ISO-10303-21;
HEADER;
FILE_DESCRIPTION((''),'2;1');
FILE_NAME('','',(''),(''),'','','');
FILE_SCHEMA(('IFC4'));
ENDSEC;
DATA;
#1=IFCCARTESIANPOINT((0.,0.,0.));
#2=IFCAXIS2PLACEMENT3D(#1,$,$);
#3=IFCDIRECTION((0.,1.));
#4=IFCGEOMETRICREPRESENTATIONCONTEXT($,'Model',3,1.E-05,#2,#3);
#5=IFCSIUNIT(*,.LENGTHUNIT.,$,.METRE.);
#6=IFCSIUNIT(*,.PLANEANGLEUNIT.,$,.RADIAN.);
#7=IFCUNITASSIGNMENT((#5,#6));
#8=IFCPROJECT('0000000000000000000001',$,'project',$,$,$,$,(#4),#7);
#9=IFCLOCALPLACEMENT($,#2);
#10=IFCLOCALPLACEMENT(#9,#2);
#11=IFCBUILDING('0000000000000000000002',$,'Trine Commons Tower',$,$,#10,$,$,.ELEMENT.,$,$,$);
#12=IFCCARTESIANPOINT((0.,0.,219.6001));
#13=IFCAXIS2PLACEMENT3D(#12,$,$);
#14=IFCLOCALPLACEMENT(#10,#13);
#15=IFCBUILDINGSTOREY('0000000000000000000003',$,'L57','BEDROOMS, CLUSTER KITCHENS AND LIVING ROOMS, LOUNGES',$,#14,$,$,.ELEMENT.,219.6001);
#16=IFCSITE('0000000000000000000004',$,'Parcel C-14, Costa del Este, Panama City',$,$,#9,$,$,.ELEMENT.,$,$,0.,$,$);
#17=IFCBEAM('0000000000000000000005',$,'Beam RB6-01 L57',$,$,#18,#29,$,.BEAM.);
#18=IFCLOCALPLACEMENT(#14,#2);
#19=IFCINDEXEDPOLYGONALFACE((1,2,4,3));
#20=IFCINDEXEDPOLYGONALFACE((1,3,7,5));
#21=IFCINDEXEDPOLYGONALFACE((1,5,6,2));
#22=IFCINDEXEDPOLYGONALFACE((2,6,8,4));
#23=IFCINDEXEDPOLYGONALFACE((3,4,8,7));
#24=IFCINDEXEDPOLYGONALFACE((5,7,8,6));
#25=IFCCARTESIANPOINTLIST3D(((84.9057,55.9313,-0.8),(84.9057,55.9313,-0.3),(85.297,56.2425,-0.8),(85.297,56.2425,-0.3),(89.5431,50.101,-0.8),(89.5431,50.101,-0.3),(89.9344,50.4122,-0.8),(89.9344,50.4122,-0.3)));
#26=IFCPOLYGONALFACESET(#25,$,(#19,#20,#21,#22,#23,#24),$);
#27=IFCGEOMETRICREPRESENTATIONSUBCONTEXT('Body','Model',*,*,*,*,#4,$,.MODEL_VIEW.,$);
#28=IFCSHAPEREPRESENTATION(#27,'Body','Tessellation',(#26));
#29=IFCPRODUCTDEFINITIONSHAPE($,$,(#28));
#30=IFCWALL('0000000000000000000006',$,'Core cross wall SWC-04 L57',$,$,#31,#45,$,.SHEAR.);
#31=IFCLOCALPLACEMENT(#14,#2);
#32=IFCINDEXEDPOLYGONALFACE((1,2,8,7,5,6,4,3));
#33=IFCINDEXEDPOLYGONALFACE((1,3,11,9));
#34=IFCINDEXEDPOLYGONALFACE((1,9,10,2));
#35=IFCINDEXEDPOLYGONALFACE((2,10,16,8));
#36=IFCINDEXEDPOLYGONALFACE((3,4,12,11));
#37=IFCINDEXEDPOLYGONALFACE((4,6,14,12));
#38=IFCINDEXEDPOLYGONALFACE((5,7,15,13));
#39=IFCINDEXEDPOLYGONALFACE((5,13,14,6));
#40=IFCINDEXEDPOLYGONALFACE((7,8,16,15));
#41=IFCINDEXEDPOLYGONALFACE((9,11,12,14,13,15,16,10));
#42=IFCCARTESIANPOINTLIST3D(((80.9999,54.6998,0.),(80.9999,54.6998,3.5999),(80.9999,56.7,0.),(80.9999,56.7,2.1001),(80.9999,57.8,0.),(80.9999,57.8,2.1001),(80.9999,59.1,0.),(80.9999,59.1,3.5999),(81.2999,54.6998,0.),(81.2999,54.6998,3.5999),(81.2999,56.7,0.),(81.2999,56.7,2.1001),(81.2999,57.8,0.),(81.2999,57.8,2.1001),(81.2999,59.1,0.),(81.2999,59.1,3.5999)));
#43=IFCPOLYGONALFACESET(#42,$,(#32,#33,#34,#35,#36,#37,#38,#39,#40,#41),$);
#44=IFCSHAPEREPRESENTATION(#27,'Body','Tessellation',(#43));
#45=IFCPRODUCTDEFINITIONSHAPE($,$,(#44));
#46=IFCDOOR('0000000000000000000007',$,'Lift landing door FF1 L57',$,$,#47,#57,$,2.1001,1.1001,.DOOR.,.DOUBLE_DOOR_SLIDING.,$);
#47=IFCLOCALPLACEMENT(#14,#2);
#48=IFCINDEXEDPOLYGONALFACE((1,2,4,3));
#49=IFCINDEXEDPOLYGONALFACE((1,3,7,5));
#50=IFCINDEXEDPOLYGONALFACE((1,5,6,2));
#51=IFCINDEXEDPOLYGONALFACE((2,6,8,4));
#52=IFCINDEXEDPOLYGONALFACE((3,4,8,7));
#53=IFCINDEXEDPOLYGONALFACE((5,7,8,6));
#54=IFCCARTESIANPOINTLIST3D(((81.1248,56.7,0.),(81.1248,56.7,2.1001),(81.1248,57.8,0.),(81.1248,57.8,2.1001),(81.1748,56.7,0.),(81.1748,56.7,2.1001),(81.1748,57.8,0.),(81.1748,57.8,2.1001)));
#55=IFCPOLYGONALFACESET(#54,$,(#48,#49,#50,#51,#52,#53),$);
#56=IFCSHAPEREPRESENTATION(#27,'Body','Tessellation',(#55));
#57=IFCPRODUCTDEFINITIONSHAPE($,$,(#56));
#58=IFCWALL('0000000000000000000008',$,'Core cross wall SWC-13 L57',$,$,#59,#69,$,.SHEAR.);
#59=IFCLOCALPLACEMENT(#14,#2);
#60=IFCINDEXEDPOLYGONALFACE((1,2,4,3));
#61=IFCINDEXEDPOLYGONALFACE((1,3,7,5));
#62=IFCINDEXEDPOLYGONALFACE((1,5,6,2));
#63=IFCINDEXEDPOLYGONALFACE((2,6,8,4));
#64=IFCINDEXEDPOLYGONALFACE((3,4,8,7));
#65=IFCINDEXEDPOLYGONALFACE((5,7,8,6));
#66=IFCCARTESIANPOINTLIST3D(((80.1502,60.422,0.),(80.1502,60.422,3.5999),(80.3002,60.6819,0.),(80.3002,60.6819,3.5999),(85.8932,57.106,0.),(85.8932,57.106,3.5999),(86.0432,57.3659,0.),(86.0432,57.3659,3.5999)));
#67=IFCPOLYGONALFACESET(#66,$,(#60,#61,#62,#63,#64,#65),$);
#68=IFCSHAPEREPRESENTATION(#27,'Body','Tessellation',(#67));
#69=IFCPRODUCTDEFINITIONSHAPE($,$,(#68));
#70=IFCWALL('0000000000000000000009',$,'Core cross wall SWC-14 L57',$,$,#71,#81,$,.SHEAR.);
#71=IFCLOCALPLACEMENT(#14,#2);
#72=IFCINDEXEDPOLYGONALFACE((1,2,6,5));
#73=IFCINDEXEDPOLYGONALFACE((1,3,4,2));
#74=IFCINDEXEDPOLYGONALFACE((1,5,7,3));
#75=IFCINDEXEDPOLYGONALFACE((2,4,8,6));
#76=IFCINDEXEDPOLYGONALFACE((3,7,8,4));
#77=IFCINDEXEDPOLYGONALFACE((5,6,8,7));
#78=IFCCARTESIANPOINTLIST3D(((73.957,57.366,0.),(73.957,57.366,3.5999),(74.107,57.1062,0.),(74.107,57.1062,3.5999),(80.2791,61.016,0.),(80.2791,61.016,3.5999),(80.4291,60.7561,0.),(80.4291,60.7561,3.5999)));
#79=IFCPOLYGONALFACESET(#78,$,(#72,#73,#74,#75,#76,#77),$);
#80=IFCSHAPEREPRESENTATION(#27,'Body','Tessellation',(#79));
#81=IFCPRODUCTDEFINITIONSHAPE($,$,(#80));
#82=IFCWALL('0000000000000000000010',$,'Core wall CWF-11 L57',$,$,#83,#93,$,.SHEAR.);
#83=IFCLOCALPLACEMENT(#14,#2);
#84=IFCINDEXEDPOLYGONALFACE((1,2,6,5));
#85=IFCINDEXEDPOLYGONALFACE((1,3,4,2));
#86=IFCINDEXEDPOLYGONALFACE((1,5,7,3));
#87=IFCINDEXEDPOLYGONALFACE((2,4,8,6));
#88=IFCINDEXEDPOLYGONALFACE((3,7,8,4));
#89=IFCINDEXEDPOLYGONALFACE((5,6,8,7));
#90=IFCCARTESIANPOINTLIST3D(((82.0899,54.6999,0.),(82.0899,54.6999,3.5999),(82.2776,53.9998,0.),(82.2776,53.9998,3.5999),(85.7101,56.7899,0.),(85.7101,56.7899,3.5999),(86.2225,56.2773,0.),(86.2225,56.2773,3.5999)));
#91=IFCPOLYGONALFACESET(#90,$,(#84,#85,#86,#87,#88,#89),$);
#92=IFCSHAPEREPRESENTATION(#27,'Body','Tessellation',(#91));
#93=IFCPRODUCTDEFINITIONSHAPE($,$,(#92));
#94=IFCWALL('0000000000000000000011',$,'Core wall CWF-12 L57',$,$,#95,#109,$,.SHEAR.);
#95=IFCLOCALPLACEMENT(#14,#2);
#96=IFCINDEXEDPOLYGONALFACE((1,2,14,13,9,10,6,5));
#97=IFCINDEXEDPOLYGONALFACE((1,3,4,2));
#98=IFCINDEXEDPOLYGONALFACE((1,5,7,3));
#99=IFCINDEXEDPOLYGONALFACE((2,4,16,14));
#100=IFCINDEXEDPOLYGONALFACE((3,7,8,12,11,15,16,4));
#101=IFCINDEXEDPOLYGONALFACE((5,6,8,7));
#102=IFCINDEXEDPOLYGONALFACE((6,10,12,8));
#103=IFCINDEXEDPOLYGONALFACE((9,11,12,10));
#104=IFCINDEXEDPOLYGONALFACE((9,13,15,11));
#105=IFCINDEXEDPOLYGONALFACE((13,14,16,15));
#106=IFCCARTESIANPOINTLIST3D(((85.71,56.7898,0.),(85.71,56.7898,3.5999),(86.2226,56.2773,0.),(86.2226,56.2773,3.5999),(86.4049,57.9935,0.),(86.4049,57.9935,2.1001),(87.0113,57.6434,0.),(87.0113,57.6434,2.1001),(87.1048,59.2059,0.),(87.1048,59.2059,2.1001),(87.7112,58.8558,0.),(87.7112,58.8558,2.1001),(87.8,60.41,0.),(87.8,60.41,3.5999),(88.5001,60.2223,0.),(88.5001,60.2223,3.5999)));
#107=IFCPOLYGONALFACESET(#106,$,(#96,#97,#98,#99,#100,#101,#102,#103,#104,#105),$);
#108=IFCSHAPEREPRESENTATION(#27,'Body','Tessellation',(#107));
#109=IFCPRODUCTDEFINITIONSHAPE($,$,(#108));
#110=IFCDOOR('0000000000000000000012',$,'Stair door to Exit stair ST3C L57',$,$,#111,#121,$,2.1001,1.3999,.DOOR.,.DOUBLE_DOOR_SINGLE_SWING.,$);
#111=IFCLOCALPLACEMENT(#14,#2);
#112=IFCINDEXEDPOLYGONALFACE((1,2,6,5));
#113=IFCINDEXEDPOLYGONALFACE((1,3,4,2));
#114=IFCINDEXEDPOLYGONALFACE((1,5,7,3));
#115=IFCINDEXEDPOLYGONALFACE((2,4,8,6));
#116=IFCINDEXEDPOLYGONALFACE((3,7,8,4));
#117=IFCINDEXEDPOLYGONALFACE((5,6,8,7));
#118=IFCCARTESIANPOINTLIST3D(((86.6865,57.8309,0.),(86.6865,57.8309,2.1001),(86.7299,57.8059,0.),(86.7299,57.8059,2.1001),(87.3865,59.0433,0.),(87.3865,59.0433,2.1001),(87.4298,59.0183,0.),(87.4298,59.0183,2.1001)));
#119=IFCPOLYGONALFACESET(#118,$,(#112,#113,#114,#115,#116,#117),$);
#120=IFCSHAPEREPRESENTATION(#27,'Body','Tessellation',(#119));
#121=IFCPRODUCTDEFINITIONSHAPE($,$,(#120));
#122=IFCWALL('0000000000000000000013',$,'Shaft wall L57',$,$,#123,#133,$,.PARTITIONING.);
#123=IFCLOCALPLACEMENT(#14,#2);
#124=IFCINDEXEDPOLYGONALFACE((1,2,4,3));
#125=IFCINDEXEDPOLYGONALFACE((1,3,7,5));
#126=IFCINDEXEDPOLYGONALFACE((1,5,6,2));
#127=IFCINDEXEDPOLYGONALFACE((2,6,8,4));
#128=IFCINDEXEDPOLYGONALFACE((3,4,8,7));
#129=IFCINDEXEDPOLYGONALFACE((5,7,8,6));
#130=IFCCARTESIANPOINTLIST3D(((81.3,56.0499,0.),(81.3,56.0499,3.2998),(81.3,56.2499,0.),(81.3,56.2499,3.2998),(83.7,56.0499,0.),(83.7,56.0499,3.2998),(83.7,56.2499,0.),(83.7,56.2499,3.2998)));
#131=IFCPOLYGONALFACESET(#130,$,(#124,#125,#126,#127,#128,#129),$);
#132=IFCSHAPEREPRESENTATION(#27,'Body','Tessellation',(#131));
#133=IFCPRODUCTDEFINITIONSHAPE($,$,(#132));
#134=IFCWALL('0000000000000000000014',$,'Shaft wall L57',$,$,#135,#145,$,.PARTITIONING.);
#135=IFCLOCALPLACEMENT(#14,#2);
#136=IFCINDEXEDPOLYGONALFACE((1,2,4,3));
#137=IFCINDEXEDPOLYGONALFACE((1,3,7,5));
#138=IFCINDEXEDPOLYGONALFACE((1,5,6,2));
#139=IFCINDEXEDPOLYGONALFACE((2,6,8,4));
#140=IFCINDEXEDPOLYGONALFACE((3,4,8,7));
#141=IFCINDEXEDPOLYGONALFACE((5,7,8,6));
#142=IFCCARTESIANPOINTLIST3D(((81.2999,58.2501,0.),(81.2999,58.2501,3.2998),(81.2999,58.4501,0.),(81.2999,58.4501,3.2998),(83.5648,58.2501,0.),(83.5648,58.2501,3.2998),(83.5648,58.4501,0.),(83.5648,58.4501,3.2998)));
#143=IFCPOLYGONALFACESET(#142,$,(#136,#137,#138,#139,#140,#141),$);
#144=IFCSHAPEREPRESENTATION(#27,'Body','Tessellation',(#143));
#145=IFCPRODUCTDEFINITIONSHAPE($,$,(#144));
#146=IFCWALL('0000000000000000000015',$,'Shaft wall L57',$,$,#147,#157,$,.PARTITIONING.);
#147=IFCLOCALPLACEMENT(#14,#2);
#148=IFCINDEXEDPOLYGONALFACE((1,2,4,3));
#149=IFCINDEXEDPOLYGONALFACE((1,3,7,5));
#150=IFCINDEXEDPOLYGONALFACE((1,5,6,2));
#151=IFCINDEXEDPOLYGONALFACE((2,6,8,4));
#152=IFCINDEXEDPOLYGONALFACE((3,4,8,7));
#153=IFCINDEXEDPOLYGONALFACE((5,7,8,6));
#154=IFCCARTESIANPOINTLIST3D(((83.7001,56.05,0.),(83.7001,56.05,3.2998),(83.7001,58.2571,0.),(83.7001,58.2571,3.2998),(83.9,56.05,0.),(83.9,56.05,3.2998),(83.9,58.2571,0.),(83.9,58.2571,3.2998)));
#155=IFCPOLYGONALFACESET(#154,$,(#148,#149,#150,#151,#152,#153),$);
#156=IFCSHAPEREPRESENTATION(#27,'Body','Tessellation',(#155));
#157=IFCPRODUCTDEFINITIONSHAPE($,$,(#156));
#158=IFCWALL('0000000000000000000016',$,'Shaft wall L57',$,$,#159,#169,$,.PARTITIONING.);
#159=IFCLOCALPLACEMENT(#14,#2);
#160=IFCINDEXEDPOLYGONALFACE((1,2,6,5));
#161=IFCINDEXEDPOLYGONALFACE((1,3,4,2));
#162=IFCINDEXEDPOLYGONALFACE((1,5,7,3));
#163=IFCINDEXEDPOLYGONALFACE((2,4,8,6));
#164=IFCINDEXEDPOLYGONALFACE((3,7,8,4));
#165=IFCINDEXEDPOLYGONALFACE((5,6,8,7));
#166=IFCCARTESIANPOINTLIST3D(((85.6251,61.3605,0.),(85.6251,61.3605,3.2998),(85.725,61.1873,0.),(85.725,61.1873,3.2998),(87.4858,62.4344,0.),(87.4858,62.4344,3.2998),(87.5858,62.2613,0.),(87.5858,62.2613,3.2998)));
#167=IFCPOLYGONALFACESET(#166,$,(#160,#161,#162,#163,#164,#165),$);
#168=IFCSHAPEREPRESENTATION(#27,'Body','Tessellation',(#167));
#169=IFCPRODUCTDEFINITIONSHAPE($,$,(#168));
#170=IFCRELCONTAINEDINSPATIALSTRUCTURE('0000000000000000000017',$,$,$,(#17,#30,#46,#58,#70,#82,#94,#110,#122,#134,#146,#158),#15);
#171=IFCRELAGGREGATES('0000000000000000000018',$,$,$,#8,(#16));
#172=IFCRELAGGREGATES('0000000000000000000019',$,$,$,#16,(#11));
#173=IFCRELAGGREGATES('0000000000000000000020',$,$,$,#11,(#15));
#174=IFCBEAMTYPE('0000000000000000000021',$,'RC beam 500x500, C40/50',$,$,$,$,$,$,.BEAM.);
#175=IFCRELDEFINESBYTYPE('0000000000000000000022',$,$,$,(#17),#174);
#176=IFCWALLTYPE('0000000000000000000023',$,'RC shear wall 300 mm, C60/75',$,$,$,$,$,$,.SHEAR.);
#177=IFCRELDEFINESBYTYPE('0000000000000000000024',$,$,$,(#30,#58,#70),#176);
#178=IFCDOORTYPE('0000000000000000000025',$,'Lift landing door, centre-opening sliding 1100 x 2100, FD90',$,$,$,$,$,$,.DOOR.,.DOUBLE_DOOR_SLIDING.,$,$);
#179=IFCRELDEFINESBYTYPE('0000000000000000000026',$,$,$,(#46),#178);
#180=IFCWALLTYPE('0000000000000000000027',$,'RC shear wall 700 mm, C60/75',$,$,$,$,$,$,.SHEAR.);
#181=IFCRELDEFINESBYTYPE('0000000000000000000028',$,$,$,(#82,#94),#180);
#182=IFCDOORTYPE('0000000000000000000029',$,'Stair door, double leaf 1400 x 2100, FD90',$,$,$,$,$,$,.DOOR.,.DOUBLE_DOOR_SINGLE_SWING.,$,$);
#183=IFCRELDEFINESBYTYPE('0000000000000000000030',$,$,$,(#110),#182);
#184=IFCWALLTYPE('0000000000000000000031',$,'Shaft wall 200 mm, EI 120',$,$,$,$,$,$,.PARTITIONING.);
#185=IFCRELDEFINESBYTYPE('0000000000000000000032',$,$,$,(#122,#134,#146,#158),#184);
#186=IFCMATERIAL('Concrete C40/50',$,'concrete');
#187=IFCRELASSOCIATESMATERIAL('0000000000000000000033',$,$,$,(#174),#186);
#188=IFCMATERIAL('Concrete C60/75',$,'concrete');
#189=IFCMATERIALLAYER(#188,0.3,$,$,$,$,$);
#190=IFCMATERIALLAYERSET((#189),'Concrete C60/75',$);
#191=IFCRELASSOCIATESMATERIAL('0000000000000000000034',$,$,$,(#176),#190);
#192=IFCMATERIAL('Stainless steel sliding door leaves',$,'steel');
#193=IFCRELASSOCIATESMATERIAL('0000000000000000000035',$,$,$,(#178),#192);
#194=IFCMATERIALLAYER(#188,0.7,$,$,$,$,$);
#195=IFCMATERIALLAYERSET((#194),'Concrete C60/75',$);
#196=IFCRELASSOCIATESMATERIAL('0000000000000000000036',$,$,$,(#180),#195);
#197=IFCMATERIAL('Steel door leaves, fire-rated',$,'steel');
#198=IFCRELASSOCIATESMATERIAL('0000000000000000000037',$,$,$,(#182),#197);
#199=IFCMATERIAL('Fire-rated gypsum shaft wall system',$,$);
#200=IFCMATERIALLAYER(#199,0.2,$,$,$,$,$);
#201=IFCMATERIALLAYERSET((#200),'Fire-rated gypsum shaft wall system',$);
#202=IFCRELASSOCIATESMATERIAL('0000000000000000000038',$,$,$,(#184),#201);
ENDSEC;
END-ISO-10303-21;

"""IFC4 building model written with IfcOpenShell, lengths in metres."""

from ifc_helpers import new_model, si_unit, direction, frame, frame_2d, origin, origin_2d, place, context, subcontext, project, spatial, polyline, rectangle, outline, extrude, material, layer, layer_set, material_profile, profile_set, type_object, element, fill, save


model = new_model("IFC4")

# Units and contexts
model_context = context("Model", 3, precision=1e-05, world=origin(), true_north=direction((0.0, 1.0)))
body_context = subcontext(model_context, "Body", "Model", "MODEL_VIEW")
ifc_project = project(units=[si_unit("LENGTHUNIT", "METRE"), si_unit("PLANEANGLEUNIT", "RADIAN")], contexts=[model_context])

# Site, building, storey
site_placement = place(None, origin())
site = spatial("IfcSite", under=ifc_project, at=site_placement, Name="Parcel C-14, Costa del Este, Panama City", CompositionType="ELEMENT", RefElevation=0.0)
building_placement = place(site_placement, origin())
building = spatial("IfcBuilding", under=site, at=building_placement, Name="Trine Commons Tower", CompositionType="ELEMENT")
storey_placement = place(building_placement, frame((0.0, 0.0, 219.6001)))
storey = spatial("IfcBuildingStorey", under=building, at=storey_placement, Name="L57", Description="BEDROOMS, CLUSTER KITCHENS AND LIVING ROOMS, LOUNGES", CompositionType="ELEMENT", Elevation=219.6001)

# Beam
ifc_material_1 = material(Name="Concrete C40/50", Category="concrete")
ifc_material_profile = material_profile(ifc_material_1, rectangle(XDim=0.5, YDim=0.5, at=origin_2d()), Name="RC 500x500")
ifc_profile_set = profile_set([ifc_material_profile], Name="Concrete C40/50")
beam_type = type_object("IfcBeamType", Name="RC beam 500x500, C40/50", PredefinedType="BEAM", material=ifc_profile_set)
beam_placement = place(storey_placement, frame((85.1013, 56.0869, -0.55), z_axis=(0.622498, -0.782621, 0.0), x_axis=(0.782621, 0.622498, 0.0)))
element("IfcBeam", 1, at=beam_placement, inside=storey, type_object=beam_type, Name="Beam RB6-01 L57", PredefinedType="BEAM", context=body_context, shape_type="SweptSolid", body=[
    extrude(rectangle(XDim=0.5, YDim=0.5, at=origin_2d()), origin(), (0.0, 0.0, 1.0), 7.4497),
])

# Wall, opening, door
ifc_material_2 = material(Name="Concrete C60/75", Category="concrete")
ifc_layer_1 = layer(ifc_material_2, 0.3)
ifc_layer_set_1 = layer_set([ifc_layer_1], Name="Concrete C60/75")
wall_type_1 = type_object("IfcWallType", Name="RC shear wall 300 mm, C60/75", PredefinedType="SHEAR", material=ifc_layer_set_1)
wall_1_placement = place(storey_placement, frame((81.1499, 59.1001, 0.0), z_axis=(0.0, 0.0, 1.0), x_axis=(0.0, -1.0, 0.0)))
wall_1 = element("IfcWall", 2, at=wall_1_placement, inside=storey, type_object=wall_type_1, Name="Core cross wall SWC-04 L57", PredefinedType="SHEAR", context=body_context, shape_type="SweptSolid", body=[
    extrude(rectangle(XDim=4.4001, YDim=0.3, at=frame_2d((2.2002, 0.0))), origin(), (0.0, 0.0, 1.0), 3.5999),
])
opening_1_placement = place(wall_1_placement, frame((1.3, 0.0, 0.0)))
opening_1 = element("IfcOpeningElement", 3, at=opening_1_placement, cuts=wall_1, PredefinedType="OPENING", context=body_context, shape_type="SweptSolid", body=[
    extrude(rectangle(XDim=1.1001, YDim=2.1001, at=frame_2d((0.55, 1.05))), frame((0.0, 0.1599, 0.0), z_axis=(0.0, -1.0, 0.0), x_axis=(1.0, 0.0, 0.0)), (0.0, 0.0, 1.0), 0.3201),
])
ifc_material_3 = material(Name="Stainless steel sliding door leaves", Category="steel")
door_type_1 = type_object("IfcDoorType", Name="Lift landing door, centre-opening sliding 1100 x 2100, FD90", OperationType="DOUBLE_DOOR_SLIDING", PredefinedType="DOOR", material=ifc_material_3)
door_1_placement = place(opening_1_placement, origin())
door_1 = element("IfcDoor", 4, at=door_1_placement, inside=storey, type_object=door_type_1, Name="Lift landing door FF1 L57", OperationType="DOUBLE_DOOR_SLIDING", OverallHeight=2.1001, OverallWidth=1.1001, PredefinedType="DOOR", context=body_context, shape_type="SweptSolid", body=[
    extrude(rectangle(XDim=1.1001, YDim=2.1001, at=frame_2d((0.55, 1.05))), frame((0.0, 0.0249, 0.0), z_axis=(0.0, -1.0, 0.0), x_axis=(1.0, 0.0, 0.0)), (0.0, 0.0, 1.0), 0.05),
])
fill(opening_1, door_1)

# Walls
wall_2_placement = place(storey_placement, frame((80.2251, 60.552, 0.0), z_axis=(0.0, 0.0, 1.0), x_axis=(0.86601, -0.500027, 0.0)))
element("IfcWall", 5, at=wall_2_placement, inside=storey, type_object=wall_type_1, Name="Core cross wall SWC-13 L57", PredefinedType="SHEAR", context=body_context, shape_type="SweptSolid", body=[
    extrude(rectangle(XDim=6.6316, YDim=0.3, at=frame_2d((3.3159, 0.0))), origin(), (0.0, 0.0, 1.0), 3.5999),
])
wall_3_placement = place(storey_placement, frame((80.354, 60.886, 0.0), z_axis=(0.0, 0.0, 1.0), x_axis=(-0.866032, -0.499988, 0.0)))
element("IfcWall", 6, at=wall_3_placement, inside=storey, type_object=wall_type_1, Name="Core cross wall SWC-14 L57", PredefinedType="SHEAR", context=body_context, shape_type="SweptSolid", body=[
    extrude(rectangle(XDim=7.3, YDim=0.3, at=frame_2d((3.6499, 0.0))), origin(), (0.0, 0.0, 1.0), 3.5999),
])
ifc_layer_2 = layer(ifc_material_2, 0.7)
ifc_layer_set_2 = layer_set([ifc_layer_2], Name="Concrete C60/75")
wall_type_2 = type_object("IfcWallType", Name="RC shear wall 700 mm, C60/75", PredefinedType="SHEAR", material=ifc_layer_set_2)
wall_4_placement = place(storey_placement, frame((82.1025, 54.303, 0.0), z_axis=(0.0, 0.0, 1.0), x_axis=(0.866035, 0.499984, 0.0)))
element("IfcWall", 7, at=wall_4_placement, inside=storey, type_object=wall_type_2, Name="Core wall CWF-11 L57", PredefinedType="SHEAR", context=body_context, shape_type="SweptSolid", body=[
    extrude(outline(polyline([(0.0, -0.3501), (4.5552, -0.3501), (4.3677, 0.3501), (0.1875, 0.3501), (0.0, -0.3501)])), origin(), (0.0, 0.0, 1.0), 3.5999),
])

# Wall, opening, door
wall_5_placement = place(storey_placement, frame((85.9194, 56.4524, 0.0), z_axis=(0.0, 0.0, 1.0), x_axis=(0.499984, 0.866035, 0.0)))
wall_5 = element("IfcWall", 8, at=wall_5_placement, inside=storey, type_object=wall_type_2, Name="Core wall CWF-12 L57", PredefinedType="SHEAR", context=body_context, shape_type="SweptSolid", body=[
    extrude(outline(polyline([(0.0, -0.3501), (4.5552, -0.3501), (4.3677, 0.3501), (0.1875, 0.3501), (0.0, -0.3501)])), origin(), (0.0, 0.0, 1.0), 3.5999),
])
opening_2_placement = place(wall_5_placement, frame((1.5774, 0.0, 0.0)))
opening_2 = element("IfcOpeningElement", 9, at=opening_2_placement, cuts=wall_5, PredefinedType="OPENING", context=body_context, shape_type="SweptSolid", body=[
    extrude(rectangle(XDim=1.3999, YDim=2.1001, at=frame_2d((0.7, 1.05))), frame((0.0, 0.3599, 0.0), z_axis=(0.0, -1.0, 0.0), x_axis=(1.0, 0.0, 0.0)), (0.0, 0.0, 1.0), 0.72),
])
ifc_material_4 = material(Name="Steel door leaves, fire-rated", Category="steel")
door_type_2 = type_object("IfcDoorType", Name="Stair door, double leaf 1400 x 2100, FD90", OperationType="DOUBLE_DOOR_SINGLE_SWING", PredefinedType="DOOR", material=ifc_material_4)
door_2_placement = place(opening_2_placement, origin())
door_2 = element("IfcDoor", 10, at=door_2_placement, inside=storey, type_object=door_type_2, Name="Stair door to Exit stair ST3C L57", OperationType="DOUBLE_DOOR_SINGLE_SWING", OverallHeight=2.1001, OverallWidth=1.3999, PredefinedType="DOOR", context=body_context, shape_type="SweptSolid", body=[
    extrude(rectangle(XDim=1.3999, YDim=2.1001, at=frame_2d((0.7, 1.05))), frame((0.0, 0.0249, 0.0), z_axis=(0.0, -1.0, 0.0), x_axis=(1.0, 0.0, 0.0)), (0.0, 0.0, 1.0), 0.05),
])
fill(opening_2, door_2)

# Walls
ifc_material_5 = material(Name="Fire-rated gypsum shaft wall system")
ifc_layer_3 = layer(ifc_material_5, 0.2)
ifc_layer_set_3 = layer_set([ifc_layer_3], Name="Fire-rated gypsum shaft wall system")
wall_type_3 = type_object("IfcWallType", Name="Shaft wall 200 mm, EI 120", PredefinedType="PARTITIONING", material=ifc_layer_set_3)
wall_6_placement = place(storey_placement, frame((81.3, 56.1499, 0.0), z_axis=(0.0, 0.0, 1.0), x_axis=(1.0, 0.0, 0.0)))
element("IfcWall", 11, at=wall_6_placement, inside=storey, type_object=wall_type_3, Name="Shaft wall L57", PredefinedType="PARTITIONING", context=body_context, shape_type="SweptSolid", body=[
    extrude(rectangle(XDim=2.3999, YDim=0.2, at=frame_2d((1.2, 0.0))), origin(), (0.0, 0.0, 1.0), 3.2998),
])
wall_7_placement = place(storey_placement, frame((81.3, 58.3501, 0.0), z_axis=(0.0, 0.0, 1.0), x_axis=(1.0, 0.0, 0.0)))
element("IfcWall", 12, at=wall_7_placement, inside=storey, type_object=wall_type_3, Name="Shaft wall L57", PredefinedType="PARTITIONING", context=body_context, shape_type="SweptSolid", body=[
    extrude(rectangle(XDim=2.2649, YDim=0.2, at=frame_2d((1.1323, 0.0))), origin(), (0.0, 0.0, 1.0), 3.2998),
])
wall_8_placement = place(storey_placement, frame((83.8, 58.2571, 0.0), z_axis=(0.0, 0.0, 1.0), x_axis=(0.0, -1.0, 0.0)))
element("IfcWall", 13, at=wall_8_placement, inside=storey, type_object=wall_type_3, Name="Shaft wall L57", PredefinedType="PARTITIONING", context=body_context, shape_type="SweptSolid", body=[
    extrude(rectangle(XDim=2.207, YDim=0.2, at=frame_2d((1.1035, 0.0))), origin(), (0.0, 0.0, 1.0), 3.2998),
])
wall_9_placement = place(storey_placement, frame((85.675, 61.2739, 0.0), z_axis=(0.0, 0.0, 1.0), x_axis=(0.866102, 0.499867, 0.0)))
element("IfcWall", 14, at=wall_9_placement, inside=storey, type_object=wall_type_3, Name="Shaft wall L57", PredefinedType="PARTITIONING", context=body_context, shape_type="SweptSolid", body=[
    extrude(rectangle(XDim=2.1484, YDim=0.2, at=frame_2d((1.0742, 0.0))), origin(), (0.0, 0.0, 1.0), 3.2998),
])

save(model, "model.ifc")
